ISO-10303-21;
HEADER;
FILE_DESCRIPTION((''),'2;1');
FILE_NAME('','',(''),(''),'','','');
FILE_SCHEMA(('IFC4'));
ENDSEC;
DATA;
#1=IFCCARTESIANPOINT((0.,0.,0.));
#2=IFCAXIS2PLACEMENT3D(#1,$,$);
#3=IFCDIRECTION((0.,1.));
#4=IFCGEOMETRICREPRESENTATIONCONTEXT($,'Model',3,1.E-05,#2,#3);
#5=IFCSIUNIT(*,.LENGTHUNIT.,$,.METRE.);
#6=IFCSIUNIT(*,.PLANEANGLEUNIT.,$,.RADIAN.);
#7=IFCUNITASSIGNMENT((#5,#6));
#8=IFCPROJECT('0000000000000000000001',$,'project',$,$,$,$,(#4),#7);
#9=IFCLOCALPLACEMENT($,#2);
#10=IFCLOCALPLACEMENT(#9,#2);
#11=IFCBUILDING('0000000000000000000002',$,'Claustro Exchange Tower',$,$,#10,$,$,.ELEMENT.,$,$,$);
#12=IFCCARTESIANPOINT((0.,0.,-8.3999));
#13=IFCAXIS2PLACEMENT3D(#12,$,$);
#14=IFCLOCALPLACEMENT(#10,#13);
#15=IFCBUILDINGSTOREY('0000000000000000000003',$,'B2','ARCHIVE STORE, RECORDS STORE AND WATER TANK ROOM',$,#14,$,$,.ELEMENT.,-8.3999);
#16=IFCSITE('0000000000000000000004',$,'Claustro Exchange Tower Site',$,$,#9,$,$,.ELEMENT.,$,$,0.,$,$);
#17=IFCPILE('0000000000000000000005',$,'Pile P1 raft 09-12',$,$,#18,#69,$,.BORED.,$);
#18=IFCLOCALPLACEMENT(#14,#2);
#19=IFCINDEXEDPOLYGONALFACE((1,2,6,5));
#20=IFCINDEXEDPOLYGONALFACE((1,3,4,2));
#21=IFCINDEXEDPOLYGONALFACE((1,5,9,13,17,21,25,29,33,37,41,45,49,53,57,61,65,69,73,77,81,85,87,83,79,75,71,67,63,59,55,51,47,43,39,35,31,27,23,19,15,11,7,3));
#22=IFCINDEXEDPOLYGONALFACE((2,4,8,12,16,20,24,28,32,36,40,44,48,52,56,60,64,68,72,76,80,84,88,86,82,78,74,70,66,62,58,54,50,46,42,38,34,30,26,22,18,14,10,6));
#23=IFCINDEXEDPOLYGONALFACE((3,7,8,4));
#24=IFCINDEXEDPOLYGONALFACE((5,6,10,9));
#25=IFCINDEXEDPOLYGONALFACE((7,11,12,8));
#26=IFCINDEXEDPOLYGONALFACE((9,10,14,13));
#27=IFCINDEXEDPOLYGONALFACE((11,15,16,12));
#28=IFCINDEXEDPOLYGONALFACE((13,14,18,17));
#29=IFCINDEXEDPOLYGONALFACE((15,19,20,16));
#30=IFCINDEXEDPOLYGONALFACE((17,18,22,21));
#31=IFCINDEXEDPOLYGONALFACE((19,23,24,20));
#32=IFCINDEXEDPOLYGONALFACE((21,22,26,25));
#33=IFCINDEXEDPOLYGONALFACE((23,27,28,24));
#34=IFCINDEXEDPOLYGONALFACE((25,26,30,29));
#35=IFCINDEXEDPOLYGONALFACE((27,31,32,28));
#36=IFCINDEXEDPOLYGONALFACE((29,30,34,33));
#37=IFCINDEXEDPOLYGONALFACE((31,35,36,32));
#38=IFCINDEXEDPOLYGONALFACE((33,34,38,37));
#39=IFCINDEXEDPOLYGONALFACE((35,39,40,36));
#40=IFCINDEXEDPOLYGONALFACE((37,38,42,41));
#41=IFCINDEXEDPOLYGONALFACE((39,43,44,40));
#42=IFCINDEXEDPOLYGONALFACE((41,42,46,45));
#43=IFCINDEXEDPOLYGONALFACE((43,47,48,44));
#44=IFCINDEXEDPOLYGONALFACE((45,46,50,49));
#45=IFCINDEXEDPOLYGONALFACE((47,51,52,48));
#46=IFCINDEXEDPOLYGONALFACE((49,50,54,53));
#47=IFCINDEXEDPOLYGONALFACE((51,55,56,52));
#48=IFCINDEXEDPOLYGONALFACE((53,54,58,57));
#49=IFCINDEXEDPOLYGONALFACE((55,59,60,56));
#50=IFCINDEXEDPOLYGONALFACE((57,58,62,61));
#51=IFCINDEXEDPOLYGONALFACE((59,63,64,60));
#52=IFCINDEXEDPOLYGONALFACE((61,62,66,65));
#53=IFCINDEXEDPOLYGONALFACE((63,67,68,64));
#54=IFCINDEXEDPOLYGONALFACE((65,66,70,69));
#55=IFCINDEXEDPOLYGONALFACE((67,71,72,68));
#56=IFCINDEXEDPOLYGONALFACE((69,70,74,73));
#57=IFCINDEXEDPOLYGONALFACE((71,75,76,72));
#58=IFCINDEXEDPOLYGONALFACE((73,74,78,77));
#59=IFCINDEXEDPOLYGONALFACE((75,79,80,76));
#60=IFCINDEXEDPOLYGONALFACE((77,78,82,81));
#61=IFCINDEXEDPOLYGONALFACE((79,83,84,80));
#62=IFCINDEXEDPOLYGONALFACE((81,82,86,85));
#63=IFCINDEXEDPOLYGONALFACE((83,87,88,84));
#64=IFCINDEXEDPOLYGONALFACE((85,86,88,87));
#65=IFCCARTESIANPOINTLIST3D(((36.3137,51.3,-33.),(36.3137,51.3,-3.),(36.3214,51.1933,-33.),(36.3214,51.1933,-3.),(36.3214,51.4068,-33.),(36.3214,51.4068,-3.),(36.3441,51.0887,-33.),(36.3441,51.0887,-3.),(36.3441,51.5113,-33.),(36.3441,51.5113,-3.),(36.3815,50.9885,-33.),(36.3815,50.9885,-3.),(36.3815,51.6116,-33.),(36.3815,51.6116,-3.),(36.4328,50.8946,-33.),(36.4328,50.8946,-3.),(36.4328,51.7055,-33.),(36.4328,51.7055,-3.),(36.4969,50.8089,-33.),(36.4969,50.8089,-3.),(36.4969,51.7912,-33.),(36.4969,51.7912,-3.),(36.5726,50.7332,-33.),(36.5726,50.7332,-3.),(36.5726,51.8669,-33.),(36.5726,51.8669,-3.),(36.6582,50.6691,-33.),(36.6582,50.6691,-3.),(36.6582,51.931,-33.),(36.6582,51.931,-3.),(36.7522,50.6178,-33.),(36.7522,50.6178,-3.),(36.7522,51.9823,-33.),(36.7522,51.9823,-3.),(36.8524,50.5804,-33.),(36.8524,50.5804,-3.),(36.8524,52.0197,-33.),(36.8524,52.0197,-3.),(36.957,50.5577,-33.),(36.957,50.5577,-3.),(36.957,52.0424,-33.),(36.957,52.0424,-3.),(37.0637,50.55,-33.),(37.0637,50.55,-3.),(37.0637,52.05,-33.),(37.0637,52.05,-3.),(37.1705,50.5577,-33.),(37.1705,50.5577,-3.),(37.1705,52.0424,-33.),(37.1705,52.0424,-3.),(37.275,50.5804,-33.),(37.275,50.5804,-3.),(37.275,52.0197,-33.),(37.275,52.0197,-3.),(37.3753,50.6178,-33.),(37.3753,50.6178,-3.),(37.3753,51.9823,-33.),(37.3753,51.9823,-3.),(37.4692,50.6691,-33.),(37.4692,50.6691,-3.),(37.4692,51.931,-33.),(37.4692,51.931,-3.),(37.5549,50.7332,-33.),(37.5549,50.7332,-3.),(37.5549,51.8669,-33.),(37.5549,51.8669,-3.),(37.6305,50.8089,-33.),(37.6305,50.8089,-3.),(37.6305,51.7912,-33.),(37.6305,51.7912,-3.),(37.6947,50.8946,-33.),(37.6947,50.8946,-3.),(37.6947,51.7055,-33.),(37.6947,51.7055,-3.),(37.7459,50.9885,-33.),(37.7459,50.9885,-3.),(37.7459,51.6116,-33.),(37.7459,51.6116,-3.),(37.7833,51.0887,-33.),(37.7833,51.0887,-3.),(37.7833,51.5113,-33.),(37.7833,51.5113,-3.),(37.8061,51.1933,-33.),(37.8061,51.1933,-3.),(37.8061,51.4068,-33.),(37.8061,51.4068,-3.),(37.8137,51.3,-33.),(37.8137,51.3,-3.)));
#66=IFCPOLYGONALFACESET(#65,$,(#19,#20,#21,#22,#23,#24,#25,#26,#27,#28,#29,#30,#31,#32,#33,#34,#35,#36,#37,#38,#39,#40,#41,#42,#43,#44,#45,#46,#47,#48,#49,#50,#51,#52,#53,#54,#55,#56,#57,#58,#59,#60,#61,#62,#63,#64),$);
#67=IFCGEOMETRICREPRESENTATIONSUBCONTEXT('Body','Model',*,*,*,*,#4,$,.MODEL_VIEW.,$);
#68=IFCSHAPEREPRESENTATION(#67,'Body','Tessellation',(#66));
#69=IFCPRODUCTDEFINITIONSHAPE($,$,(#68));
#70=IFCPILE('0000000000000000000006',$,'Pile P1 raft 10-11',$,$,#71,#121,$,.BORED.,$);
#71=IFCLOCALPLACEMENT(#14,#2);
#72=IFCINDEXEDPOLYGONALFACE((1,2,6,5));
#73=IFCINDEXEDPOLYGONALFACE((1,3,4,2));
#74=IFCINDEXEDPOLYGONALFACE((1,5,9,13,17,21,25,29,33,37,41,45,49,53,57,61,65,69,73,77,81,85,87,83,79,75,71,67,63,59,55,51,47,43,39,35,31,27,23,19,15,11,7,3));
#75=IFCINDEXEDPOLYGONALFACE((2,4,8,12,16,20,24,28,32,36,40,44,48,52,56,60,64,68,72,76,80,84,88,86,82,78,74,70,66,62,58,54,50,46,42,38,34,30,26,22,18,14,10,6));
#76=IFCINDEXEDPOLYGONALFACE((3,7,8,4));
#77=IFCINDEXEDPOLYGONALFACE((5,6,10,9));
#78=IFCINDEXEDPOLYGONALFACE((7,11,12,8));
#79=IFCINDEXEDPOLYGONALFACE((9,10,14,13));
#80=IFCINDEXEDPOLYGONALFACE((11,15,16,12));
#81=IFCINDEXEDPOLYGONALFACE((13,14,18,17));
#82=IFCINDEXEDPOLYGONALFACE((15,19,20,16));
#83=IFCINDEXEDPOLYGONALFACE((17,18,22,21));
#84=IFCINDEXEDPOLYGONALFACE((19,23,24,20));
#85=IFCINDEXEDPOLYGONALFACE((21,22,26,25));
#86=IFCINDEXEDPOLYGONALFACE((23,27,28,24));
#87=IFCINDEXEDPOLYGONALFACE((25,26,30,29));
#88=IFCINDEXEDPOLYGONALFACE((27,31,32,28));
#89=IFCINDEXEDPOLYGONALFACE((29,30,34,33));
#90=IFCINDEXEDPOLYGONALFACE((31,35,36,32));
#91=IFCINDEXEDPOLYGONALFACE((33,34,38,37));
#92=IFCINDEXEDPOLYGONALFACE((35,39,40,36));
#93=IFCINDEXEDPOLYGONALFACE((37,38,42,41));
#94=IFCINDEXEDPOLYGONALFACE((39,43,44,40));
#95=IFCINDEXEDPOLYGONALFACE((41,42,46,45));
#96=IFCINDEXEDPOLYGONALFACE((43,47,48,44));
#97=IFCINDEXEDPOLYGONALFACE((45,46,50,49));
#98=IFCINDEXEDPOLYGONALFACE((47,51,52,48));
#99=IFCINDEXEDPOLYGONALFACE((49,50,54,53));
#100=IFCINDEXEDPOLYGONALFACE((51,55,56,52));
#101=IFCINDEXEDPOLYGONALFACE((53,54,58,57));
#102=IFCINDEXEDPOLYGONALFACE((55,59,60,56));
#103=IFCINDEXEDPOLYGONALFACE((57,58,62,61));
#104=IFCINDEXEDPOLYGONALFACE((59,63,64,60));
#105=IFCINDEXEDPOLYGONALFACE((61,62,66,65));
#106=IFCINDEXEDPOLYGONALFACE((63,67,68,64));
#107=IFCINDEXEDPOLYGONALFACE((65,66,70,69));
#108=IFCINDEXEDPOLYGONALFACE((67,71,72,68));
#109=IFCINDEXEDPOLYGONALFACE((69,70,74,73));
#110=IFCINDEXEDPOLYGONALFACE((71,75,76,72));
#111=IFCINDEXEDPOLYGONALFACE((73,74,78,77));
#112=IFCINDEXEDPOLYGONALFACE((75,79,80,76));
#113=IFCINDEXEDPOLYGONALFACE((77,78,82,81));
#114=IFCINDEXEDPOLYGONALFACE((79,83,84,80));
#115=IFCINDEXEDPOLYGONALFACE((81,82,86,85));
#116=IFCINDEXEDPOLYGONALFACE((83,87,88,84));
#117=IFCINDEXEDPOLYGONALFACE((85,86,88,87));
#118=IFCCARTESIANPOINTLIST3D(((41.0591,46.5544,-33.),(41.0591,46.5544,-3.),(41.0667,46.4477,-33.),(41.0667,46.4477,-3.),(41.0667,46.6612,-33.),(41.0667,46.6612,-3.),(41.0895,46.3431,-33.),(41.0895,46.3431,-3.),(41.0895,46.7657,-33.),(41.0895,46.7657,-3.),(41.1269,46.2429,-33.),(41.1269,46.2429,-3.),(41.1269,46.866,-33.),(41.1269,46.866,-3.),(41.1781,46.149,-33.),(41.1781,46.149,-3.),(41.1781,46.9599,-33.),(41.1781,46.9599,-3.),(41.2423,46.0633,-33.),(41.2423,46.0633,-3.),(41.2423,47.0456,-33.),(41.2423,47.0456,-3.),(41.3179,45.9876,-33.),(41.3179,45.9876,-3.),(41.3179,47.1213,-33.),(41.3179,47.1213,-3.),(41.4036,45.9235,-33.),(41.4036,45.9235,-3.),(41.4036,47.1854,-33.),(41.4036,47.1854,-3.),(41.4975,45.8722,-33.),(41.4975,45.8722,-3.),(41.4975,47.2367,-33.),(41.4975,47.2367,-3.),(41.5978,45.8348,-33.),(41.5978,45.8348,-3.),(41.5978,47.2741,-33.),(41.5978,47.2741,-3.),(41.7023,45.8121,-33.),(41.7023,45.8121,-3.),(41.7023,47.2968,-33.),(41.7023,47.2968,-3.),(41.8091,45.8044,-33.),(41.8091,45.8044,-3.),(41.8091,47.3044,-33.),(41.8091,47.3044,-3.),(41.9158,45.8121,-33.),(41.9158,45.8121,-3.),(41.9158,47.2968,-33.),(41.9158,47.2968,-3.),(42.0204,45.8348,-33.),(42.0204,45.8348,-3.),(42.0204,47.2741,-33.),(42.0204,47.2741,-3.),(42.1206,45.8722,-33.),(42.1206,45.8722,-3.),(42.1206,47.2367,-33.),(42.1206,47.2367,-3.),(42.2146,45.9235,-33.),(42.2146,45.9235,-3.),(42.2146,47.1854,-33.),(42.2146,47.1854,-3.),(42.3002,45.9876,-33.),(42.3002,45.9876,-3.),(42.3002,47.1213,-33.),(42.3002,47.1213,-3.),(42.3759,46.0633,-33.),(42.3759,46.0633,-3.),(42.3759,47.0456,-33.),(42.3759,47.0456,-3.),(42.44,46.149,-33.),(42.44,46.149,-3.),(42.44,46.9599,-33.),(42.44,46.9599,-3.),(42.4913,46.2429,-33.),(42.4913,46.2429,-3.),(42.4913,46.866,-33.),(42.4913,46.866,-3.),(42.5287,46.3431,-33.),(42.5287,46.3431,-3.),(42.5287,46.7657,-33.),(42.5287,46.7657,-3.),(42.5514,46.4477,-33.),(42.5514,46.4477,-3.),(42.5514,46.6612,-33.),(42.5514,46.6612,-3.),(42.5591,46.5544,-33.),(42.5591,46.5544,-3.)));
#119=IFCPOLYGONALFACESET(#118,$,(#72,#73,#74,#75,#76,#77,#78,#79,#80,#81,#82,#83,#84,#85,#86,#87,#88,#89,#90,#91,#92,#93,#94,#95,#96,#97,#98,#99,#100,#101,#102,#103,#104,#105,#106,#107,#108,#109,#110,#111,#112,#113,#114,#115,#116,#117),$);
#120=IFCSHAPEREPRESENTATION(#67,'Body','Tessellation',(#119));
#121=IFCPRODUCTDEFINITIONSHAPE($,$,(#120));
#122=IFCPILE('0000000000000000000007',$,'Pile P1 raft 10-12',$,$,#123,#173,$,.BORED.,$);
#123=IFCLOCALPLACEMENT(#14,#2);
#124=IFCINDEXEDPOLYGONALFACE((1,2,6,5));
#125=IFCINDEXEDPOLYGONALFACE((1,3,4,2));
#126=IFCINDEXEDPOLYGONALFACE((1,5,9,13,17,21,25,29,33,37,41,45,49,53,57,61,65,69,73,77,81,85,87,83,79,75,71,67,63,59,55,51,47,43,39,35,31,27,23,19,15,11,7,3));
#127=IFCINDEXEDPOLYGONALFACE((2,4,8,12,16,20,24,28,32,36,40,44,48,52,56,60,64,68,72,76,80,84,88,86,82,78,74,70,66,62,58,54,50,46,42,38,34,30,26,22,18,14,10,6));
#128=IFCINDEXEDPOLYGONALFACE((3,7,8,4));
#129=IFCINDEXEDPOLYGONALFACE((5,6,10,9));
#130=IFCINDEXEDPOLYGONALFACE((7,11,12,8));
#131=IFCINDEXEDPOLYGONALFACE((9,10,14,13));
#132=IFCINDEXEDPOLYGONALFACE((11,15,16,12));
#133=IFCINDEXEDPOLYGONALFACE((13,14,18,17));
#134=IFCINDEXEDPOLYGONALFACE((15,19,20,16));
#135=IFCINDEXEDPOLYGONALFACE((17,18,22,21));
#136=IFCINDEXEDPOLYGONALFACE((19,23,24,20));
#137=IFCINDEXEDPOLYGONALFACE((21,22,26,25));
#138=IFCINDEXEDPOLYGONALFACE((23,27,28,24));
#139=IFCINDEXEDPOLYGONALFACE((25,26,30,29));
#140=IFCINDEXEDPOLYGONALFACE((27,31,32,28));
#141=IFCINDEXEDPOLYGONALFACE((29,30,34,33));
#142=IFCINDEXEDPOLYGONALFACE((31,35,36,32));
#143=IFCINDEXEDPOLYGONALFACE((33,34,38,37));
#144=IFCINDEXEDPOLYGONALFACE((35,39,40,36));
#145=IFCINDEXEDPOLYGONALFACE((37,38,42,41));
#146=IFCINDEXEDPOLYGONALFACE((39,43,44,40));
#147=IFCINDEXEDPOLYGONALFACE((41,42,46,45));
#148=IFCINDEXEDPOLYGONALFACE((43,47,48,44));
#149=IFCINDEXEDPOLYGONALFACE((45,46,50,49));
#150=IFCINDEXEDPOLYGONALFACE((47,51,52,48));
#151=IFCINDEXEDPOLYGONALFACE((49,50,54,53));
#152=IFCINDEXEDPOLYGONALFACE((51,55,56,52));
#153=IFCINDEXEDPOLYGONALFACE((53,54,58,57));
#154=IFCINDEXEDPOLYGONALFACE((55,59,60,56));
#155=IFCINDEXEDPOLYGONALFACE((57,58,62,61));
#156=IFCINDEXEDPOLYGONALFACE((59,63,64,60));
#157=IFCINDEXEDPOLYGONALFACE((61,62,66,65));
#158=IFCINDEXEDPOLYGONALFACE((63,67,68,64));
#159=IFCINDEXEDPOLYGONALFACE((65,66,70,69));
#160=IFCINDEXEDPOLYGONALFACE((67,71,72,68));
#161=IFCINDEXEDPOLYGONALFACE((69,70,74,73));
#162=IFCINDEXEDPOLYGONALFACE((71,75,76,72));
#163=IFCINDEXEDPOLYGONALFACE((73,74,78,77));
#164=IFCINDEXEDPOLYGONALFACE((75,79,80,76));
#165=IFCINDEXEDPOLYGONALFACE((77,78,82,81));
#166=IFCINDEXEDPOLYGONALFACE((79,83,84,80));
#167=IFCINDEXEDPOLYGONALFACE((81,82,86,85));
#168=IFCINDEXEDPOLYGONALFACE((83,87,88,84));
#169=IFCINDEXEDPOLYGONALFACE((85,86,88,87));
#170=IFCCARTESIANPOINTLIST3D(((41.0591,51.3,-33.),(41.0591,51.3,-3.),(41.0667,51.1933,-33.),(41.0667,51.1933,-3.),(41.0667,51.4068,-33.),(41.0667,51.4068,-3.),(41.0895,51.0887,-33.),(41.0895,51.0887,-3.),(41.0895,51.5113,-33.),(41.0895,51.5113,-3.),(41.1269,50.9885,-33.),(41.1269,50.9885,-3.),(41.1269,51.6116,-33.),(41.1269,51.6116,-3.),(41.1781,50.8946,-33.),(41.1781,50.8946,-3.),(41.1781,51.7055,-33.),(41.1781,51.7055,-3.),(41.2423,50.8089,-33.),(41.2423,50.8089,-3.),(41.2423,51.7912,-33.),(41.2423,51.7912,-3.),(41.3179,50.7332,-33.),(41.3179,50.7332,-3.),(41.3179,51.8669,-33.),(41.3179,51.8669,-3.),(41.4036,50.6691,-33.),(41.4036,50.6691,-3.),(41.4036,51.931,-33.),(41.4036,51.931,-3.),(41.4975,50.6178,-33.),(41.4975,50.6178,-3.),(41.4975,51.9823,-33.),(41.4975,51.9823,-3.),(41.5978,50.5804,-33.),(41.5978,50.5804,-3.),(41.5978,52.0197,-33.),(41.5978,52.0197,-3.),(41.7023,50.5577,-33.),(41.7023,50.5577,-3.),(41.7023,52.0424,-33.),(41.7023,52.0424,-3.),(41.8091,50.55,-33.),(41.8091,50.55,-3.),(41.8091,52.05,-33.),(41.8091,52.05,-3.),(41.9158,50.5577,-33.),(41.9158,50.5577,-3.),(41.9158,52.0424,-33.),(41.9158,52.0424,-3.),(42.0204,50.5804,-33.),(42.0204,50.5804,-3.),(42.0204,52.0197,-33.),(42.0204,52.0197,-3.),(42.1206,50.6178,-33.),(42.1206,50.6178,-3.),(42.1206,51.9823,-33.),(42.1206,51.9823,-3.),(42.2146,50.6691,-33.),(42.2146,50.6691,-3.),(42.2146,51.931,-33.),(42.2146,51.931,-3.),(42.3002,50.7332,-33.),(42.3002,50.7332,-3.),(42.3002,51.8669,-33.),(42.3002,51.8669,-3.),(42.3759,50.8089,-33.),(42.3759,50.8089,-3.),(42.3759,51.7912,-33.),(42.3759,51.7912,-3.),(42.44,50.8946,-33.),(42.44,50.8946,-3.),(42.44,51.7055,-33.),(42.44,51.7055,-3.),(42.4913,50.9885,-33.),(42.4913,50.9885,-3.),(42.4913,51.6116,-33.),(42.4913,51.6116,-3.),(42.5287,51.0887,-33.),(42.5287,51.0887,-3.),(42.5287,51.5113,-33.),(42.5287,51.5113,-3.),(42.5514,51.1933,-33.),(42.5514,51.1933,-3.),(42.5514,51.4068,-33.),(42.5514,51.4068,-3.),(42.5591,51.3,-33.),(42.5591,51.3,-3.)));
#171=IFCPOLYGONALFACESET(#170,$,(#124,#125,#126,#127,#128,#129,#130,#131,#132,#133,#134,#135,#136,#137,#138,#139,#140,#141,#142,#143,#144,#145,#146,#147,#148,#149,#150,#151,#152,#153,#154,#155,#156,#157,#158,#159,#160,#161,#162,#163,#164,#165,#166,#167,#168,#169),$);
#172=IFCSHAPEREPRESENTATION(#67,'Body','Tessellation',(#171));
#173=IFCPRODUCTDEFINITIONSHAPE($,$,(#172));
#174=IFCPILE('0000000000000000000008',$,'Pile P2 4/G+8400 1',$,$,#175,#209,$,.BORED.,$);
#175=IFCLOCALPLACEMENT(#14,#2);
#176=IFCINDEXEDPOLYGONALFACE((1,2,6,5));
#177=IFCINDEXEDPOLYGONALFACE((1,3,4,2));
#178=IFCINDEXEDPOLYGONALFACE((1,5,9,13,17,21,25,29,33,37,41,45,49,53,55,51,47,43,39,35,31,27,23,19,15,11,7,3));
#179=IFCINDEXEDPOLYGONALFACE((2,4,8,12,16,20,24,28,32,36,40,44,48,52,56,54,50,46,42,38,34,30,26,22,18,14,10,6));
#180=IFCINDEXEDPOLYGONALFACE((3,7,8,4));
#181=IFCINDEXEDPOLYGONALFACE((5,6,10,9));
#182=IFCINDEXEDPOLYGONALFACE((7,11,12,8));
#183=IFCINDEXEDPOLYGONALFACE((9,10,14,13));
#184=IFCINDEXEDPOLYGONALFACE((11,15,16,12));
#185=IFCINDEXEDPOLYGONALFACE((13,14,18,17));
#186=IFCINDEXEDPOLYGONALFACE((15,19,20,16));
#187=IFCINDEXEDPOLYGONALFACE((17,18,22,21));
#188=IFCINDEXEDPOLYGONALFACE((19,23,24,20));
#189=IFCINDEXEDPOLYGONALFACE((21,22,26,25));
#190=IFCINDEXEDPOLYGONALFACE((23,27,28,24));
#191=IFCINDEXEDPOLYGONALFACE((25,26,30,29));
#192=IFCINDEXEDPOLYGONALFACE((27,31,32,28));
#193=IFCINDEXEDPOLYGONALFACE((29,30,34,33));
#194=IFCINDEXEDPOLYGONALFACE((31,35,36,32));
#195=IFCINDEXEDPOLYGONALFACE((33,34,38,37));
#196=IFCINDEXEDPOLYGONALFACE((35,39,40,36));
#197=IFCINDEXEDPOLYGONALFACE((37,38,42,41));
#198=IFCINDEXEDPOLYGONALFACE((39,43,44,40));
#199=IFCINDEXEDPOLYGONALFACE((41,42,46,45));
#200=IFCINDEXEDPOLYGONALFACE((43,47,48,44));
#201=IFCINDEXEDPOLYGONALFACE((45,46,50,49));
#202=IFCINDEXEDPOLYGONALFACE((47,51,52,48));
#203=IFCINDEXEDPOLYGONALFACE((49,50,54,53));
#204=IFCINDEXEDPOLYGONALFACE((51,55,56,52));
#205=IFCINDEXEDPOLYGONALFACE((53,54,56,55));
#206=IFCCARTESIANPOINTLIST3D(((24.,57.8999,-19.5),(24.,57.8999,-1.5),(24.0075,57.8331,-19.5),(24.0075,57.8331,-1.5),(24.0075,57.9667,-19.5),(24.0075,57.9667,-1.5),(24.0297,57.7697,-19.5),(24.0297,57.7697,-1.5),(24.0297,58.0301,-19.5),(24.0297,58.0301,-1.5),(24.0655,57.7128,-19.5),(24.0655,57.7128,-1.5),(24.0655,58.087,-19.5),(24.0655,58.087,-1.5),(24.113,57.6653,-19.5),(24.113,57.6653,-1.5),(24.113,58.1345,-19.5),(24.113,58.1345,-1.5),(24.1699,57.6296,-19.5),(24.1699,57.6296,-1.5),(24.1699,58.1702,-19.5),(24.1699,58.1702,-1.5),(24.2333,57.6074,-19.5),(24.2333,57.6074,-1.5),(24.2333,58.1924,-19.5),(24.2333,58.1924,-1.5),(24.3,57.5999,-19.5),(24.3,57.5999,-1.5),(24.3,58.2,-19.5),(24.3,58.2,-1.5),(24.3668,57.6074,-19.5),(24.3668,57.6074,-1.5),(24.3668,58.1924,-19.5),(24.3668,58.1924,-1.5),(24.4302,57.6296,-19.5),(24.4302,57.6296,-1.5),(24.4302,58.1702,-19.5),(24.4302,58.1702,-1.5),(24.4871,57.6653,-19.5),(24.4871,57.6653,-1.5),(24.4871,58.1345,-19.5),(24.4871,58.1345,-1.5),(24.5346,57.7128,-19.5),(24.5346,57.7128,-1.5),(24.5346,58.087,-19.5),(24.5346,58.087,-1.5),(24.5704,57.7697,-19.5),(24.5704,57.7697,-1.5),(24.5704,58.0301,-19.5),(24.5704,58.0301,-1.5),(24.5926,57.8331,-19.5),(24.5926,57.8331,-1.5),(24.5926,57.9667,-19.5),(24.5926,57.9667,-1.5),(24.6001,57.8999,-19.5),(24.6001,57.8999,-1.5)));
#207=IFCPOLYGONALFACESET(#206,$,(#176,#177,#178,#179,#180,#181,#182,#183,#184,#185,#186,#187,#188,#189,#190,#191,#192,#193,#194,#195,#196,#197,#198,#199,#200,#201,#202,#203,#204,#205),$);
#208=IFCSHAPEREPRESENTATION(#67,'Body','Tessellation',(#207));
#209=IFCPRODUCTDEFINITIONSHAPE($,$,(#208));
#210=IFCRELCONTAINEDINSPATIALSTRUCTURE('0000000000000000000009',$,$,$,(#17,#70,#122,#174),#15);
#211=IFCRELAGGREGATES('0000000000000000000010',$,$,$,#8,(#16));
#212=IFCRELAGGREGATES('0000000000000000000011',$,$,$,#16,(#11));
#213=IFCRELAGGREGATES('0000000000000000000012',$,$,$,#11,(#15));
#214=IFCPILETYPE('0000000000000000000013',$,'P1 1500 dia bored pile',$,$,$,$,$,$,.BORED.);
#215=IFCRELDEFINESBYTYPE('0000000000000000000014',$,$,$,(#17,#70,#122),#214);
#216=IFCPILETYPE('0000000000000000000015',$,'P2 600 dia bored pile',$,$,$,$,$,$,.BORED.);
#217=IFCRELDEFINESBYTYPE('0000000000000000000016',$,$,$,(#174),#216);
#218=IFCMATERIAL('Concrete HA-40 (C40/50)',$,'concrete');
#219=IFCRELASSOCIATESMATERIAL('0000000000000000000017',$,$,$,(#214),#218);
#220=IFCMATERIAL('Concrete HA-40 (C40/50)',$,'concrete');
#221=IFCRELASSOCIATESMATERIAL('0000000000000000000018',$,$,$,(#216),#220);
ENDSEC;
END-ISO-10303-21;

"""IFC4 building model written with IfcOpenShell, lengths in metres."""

from ifc_helpers import new_model, si_unit, direction, frame, origin, origin_2d, place, context, subcontext, project, spatial, circle, extrude, material, type_object, element, save


model = new_model("IFC4")

# Units and contexts
model_context = context("Model", 3, precision=1e-05, world=origin(), true_north=direction((0.0, 1.0)))
body_context = subcontext(model_context, "Body", "Model", "MODEL_VIEW")
ifc_project = project(units=[si_unit("LENGTHUNIT", "METRE"), si_unit("PLANEANGLEUNIT", "RADIAN")], contexts=[model_context])

# Site, building, storey
site_placement = place(None, origin())
site = spatial("IfcSite", under=ifc_project, at=site_placement, Name="Claustro Exchange Tower Site", CompositionType="ELEMENT", RefElevation=0.0)
building_placement = place(site_placement, origin())
building = spatial("IfcBuilding", under=site, at=building_placement, Name="Claustro Exchange Tower", CompositionType="ELEMENT")
storey_placement = place(building_placement, frame((0.0, 0.0, -8.3999)))
storey = spatial("IfcBuildingStorey", under=building, at=storey_placement, Name="B2", Description="ARCHIVE STORE, RECORDS STORE AND WATER TANK ROOM", CompositionType="ELEMENT", Elevation=-8.3999)

# Piles
ifc_material_1 = material(Name="Concrete HA-40 (C40/50)", Category="concrete")
pile_type_1 = type_object("IfcPileType", Name="P1 1500 dia bored pile", PredefinedType="BORED", material=ifc_material_1)
for number, where, z_axis, x_axis, name in (
    (1, (37.0637, 51.3, -3.0), (0.0, 0.0, -1.0), (1.0, 0.0, 0.0), "Pile P1 raft 09-12"),
    (2, (41.8091, 46.5544, -3.0), (0.0, 0.0, -1.0), (1.0, 0.0, 0.0), "Pile P1 raft 10-11"),
    (3, (41.8091, 51.3, -3.0), (0.0, 0.0, -1.0), (1.0, 0.0, 0.0), "Pile P1 raft 10-12"),
):
    element("IfcPile", number, at=place(storey_placement, frame(where, z_axis=z_axis, x_axis=x_axis)), inside=storey, type_object=pile_type_1, Name=name, PredefinedType="BORED", context=body_context, shape_type="SweptSolid", body=[
        extrude(circle(Radius=0.75, at=origin_2d()), origin(), (0.0, 0.0, 1.0), 30.0),
    ])
ifc_material_2 = material(Name="Concrete HA-40 (C40/50)", Category="concrete")
pile_type_2 = type_object("IfcPileType", Name="P2 600 dia bored pile", PredefinedType="BORED", material=ifc_material_2)
for number, where, z_axis, x_axis, name in (
    (4, (24.3, 57.8999, -1.5), (0.0, 0.0, -1.0), (1.0, 0.0, 0.0), "Pile P2 4/G+8400 1"),
):
    element("IfcPile", number, at=place(storey_placement, frame(where, z_axis=z_axis, x_axis=x_axis)), inside=storey, type_object=pile_type_2, Name=name, PredefinedType="BORED", context=body_context, shape_type="SweptSolid", body=[
        extrude(circle(Radius=0.3, at=origin_2d()), origin(), (0.0, 0.0, 1.0), 18.0),
    ])

save(model, "model.ifc")
